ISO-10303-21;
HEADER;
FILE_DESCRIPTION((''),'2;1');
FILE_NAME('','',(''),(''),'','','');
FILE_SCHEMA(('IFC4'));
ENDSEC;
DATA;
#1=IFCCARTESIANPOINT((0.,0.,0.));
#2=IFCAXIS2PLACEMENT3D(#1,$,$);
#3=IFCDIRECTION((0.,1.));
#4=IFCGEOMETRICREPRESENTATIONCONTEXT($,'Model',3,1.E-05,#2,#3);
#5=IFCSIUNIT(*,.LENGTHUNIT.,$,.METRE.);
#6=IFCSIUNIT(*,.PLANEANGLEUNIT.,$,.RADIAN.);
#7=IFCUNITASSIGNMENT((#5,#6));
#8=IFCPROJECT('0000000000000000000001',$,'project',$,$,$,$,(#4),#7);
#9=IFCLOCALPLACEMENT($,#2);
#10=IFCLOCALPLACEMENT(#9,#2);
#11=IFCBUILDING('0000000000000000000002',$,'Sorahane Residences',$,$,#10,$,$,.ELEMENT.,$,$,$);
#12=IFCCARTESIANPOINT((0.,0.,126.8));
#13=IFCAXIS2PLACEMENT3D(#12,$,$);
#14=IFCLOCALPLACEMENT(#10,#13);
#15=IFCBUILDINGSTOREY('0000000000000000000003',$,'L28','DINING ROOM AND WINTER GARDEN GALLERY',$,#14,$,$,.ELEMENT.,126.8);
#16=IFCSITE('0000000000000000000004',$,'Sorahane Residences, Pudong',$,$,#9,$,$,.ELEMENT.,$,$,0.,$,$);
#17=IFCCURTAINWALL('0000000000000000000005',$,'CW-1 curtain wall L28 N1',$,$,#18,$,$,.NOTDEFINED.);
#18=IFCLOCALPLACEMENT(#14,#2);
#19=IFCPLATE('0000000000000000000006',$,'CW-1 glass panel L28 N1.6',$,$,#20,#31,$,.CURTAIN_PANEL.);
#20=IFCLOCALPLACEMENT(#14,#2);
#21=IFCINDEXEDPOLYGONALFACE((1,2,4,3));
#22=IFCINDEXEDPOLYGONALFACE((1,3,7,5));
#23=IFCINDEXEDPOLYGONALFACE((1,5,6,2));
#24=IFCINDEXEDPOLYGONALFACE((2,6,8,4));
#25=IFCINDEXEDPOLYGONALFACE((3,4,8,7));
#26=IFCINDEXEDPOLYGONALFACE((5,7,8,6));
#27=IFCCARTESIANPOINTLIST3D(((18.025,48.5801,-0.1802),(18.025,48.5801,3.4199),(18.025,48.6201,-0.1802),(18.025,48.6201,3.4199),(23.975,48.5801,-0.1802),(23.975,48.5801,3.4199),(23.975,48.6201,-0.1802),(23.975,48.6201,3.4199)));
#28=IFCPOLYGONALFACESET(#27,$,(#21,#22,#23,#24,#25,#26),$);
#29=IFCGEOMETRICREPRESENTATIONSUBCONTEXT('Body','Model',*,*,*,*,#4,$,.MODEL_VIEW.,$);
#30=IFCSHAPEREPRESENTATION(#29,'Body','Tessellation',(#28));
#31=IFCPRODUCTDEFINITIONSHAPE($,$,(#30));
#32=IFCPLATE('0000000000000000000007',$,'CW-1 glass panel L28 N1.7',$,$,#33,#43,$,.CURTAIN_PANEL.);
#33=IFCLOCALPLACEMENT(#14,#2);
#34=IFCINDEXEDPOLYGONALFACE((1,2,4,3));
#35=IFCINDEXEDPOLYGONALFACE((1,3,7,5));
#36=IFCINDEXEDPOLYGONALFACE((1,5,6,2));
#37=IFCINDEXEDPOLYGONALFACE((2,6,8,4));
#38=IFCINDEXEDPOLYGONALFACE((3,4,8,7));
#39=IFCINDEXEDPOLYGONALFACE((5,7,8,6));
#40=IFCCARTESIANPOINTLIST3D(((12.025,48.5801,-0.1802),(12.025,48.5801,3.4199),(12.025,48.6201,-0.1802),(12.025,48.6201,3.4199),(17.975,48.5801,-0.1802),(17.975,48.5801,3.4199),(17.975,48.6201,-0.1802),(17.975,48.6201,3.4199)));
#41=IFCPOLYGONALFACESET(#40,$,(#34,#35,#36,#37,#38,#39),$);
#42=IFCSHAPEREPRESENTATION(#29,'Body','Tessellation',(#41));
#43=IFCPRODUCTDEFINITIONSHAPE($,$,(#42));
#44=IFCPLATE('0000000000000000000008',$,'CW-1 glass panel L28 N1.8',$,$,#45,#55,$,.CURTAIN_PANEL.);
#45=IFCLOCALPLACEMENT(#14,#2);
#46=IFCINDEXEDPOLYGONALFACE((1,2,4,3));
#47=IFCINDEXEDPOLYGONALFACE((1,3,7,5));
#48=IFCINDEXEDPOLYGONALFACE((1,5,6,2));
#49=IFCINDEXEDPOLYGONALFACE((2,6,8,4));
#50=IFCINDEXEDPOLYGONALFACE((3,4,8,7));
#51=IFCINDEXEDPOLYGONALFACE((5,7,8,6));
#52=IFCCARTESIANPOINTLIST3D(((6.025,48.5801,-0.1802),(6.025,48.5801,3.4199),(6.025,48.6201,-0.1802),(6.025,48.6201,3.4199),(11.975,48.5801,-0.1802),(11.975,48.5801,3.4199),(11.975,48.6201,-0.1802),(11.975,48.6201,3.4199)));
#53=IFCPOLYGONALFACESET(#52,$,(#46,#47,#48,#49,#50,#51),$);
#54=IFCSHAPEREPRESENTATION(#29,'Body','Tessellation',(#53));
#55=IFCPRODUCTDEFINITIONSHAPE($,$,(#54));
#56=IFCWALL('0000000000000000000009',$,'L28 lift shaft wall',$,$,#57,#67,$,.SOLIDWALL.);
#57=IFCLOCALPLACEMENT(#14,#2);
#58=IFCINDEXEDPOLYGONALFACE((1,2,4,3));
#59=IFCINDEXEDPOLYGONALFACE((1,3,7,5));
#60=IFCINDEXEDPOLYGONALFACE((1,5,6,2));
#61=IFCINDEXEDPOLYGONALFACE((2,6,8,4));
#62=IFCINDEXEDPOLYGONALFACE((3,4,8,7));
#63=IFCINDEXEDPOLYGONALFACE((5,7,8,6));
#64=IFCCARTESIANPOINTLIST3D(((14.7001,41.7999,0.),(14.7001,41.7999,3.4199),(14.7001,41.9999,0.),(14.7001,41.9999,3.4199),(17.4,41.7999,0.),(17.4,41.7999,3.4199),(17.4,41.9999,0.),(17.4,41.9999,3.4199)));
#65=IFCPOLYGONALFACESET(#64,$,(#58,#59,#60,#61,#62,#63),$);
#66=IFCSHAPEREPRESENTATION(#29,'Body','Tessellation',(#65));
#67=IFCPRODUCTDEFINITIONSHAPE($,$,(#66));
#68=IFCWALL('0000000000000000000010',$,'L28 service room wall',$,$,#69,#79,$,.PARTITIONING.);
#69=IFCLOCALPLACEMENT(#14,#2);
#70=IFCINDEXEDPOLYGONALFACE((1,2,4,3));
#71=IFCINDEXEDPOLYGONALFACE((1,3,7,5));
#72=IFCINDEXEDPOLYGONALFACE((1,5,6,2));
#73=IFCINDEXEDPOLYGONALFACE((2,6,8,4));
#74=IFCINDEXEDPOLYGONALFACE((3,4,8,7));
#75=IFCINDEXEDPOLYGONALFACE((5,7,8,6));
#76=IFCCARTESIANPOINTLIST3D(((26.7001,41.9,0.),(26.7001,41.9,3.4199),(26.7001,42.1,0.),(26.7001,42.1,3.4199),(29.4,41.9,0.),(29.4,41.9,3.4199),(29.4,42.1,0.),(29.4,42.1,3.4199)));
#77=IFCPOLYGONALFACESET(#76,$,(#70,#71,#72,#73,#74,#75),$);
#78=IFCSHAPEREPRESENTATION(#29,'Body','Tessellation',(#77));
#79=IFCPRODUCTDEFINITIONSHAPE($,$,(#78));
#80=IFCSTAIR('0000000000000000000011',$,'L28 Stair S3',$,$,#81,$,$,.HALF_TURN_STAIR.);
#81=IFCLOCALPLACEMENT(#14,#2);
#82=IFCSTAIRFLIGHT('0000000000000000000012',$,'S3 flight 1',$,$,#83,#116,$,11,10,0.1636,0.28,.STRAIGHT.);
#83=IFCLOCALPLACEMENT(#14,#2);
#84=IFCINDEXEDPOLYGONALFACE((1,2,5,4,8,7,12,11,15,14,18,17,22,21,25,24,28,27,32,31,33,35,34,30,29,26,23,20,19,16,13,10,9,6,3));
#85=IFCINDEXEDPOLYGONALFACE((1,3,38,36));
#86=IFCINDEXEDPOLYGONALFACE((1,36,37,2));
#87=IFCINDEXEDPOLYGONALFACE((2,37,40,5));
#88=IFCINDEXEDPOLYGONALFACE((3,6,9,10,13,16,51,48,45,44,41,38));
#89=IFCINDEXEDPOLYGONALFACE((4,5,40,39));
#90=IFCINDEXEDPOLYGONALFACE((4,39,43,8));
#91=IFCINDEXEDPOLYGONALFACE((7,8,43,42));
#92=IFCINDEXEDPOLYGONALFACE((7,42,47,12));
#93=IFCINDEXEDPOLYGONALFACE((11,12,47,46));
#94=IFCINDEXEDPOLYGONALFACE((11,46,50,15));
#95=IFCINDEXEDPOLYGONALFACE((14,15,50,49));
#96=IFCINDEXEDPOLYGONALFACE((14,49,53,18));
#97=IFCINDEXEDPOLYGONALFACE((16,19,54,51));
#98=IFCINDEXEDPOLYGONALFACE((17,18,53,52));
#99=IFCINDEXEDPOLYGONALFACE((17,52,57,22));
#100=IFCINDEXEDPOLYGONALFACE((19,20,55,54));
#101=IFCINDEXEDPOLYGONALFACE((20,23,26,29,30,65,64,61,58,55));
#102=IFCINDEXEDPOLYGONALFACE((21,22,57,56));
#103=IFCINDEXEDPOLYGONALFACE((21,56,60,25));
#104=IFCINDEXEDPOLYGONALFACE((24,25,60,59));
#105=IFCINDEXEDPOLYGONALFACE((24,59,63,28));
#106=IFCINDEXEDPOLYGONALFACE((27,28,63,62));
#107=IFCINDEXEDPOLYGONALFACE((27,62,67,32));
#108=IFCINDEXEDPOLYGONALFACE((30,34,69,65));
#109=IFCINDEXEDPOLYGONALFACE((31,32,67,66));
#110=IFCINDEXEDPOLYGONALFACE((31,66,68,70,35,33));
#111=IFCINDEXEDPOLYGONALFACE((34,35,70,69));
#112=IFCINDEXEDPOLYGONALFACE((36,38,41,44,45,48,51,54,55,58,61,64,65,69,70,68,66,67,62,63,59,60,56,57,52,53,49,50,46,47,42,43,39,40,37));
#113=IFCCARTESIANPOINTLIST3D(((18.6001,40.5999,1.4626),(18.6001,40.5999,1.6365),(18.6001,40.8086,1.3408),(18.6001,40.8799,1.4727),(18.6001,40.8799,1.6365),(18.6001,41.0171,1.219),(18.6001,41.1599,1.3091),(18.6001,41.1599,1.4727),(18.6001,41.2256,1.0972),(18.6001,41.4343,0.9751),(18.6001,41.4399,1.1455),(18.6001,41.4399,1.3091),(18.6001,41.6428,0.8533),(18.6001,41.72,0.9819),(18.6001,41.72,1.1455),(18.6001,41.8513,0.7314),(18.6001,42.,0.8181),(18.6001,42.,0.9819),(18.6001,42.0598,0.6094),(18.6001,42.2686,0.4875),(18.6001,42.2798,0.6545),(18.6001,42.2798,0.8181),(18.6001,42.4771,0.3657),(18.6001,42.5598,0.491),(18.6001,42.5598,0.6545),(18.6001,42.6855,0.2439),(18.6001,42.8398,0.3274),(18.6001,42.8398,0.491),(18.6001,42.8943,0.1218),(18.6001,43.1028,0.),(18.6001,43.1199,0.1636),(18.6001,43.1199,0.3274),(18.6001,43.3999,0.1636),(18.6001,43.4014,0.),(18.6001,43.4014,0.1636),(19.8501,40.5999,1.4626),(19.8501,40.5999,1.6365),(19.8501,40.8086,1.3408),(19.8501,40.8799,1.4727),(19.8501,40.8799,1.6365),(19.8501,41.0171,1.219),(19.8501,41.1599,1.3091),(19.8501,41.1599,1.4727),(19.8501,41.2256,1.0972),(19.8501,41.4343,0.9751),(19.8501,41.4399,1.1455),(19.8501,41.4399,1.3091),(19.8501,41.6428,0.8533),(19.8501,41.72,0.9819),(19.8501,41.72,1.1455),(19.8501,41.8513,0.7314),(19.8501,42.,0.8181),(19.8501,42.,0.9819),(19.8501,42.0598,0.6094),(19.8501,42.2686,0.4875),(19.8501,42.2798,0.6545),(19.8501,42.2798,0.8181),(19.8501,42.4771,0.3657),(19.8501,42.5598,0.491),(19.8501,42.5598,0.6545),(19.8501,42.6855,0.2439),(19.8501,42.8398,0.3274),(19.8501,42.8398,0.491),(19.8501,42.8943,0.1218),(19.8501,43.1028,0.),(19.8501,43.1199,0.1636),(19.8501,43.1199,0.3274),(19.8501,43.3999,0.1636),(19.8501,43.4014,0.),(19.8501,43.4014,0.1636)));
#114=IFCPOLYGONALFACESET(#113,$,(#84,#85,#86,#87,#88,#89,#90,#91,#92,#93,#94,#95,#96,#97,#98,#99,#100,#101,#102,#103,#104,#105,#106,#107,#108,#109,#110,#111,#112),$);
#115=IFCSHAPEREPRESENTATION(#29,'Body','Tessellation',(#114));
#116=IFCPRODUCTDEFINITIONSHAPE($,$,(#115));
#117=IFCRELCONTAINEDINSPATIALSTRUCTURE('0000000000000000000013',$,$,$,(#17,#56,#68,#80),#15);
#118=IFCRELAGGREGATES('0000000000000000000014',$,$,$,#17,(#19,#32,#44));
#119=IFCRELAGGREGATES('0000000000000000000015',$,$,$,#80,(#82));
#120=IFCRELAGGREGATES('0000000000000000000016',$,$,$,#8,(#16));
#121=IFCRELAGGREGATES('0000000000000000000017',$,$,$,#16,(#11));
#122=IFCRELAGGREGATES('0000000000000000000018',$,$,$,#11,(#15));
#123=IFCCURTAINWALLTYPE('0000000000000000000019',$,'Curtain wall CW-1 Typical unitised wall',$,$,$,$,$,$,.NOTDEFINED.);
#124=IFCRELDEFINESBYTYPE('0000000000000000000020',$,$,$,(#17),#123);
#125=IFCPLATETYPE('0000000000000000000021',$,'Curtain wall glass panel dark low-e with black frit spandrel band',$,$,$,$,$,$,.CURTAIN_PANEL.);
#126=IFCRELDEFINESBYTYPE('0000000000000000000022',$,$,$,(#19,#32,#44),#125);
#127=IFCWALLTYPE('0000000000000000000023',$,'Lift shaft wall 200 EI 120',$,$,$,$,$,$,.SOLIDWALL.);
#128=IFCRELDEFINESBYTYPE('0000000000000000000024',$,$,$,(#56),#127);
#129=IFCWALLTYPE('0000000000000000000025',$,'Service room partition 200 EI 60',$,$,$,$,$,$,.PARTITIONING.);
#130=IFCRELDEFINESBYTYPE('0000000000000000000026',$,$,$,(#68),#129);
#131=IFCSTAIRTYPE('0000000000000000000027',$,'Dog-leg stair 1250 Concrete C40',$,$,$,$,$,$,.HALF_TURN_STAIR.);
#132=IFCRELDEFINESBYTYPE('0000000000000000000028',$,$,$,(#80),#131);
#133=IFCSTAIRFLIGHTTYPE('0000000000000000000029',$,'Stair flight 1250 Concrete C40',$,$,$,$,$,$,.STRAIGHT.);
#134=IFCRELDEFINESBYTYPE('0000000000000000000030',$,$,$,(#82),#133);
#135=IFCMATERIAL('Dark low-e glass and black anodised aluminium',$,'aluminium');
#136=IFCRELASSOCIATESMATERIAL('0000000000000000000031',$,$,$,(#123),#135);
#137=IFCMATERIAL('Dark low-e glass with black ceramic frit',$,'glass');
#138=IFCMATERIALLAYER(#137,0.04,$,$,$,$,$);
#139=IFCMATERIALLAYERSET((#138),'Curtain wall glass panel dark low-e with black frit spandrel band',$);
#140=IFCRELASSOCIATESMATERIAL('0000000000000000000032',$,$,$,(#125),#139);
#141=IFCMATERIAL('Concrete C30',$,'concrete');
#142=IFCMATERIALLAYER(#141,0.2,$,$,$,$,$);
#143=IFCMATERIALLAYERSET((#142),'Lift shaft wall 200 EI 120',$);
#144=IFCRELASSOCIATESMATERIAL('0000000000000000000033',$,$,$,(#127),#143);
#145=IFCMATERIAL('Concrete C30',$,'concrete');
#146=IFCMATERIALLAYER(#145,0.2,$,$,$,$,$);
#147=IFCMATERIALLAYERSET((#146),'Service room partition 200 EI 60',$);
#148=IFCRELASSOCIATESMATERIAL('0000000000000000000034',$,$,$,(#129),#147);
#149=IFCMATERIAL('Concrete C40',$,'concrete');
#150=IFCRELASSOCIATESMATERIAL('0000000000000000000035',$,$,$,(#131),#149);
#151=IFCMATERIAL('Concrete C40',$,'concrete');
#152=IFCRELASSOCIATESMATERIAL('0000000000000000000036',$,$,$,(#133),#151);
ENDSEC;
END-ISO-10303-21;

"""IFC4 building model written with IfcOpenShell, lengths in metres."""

from ifc_helpers import new_model, si_unit, direction, frame, frame_2d, origin, origin_2d, place, context, subcontext, project, spatial, polyline, rectangle, outline, extrude, material, layer, layer_set, type_object, element, aggregate, save


model = new_model("IFC4")

# Units and contexts
model_context = context("Model", 3, precision=1e-05, world=origin(), true_north=direction((0.0, 1.0)))
body_context = subcontext(model_context, "Body", "Model", "MODEL_VIEW")
ifc_project = project(units=[si_unit("LENGTHUNIT", "METRE"), si_unit("PLANEANGLEUNIT", "RADIAN")], contexts=[model_context])

# Site, building, storey
site_placement = place(None, origin())
site = spatial("IfcSite", under=ifc_project, at=site_placement, Name="Sorahane Residences, Pudong", CompositionType="ELEMENT", RefElevation=0.0)
building_placement = place(site_placement, origin())
building = spatial("IfcBuilding", under=site, at=building_placement, Name="Sorahane Residences", CompositionType="ELEMENT")
storey_placement = place(building_placement, frame((0.0, 0.0, 126.8)))
storey = spatial("IfcBuildingStorey", under=building, at=storey_placement, Name="L28", Description="DINING ROOM AND WINTER GARDEN GALLERY", CompositionType="ELEMENT", Elevation=126.8)

# Curtain wall
ifc_material_1 = material(Name="Dark low-e glass and black anodised aluminium", Category="aluminium")
curtain_wall_type = type_object("IfcCurtainWallType", Name="Curtain wall CW-1 Typical unitised wall", PredefinedType="NOTDEFINED", material=ifc_material_1)
curtain_wall_placement = place(storey_placement, origin())
curtain_wall = element("IfcCurtainWall", 1, at=curtain_wall_placement, inside=storey, type_object=curtain_wall_type, Name="CW-1 curtain wall L28 N1", PredefinedType="NOTDEFINED")

# Plates
ifc_material_2 = material(Name="Dark low-e glass with black ceramic frit", Category="glass")
ifc_layer_1 = layer(ifc_material_2, 0.04)
ifc_layer_set_1 = layer_set([ifc_layer_1], Name="Curtain wall glass panel dark low-e with black frit spandrel band")
plate_type = type_object("IfcPlateType", Name="Curtain wall glass panel dark low-e with black frit spandrel band", PredefinedType="CURTAIN_PANEL", material=ifc_layer_set_1)
plate_1_placement = place(storey_placement, frame((21.0, 48.6001, -0.1802), z_axis=(0.0, 0.0, 1.0), x_axis=(-1.0, 0.0, 0.0)))
plate_1 = element("IfcPlate", 2, at=plate_1_placement, type_object=plate_type, Name="CW-1 glass panel L28 N1.6", PredefinedType="CURTAIN_PANEL", context=body_context, shape_type="SweptSolid", body=[
    extrude(rectangle(XDim=5.95, YDim=0.04, at=origin_2d()), origin(), (0.0, 0.0, 1.0), 3.6001),
])
plate_2_placement = place(storey_placement, frame((15.0, 48.6001, -0.1802), z_axis=(0.0, 0.0, 1.0), x_axis=(-1.0, 0.0, 0.0)))
plate_2 = element("IfcPlate", 3, at=plate_2_placement, type_object=plate_type, Name="CW-1 glass panel L28 N1.7", PredefinedType="CURTAIN_PANEL", context=body_context, shape_type="SweptSolid", body=[
    extrude(rectangle(XDim=5.95, YDim=0.04, at=origin_2d()), origin(), (0.0, 0.0, 1.0), 3.6001),
])
plate_3_placement = place(storey_placement, frame((9.0, 48.6001, -0.1802), z_axis=(0.0, 0.0, 1.0), x_axis=(-1.0, 0.0, 0.0)))
plate_3 = element("IfcPlate", 4, at=plate_3_placement, type_object=plate_type, Name="CW-1 glass panel L28 N1.8", PredefinedType="CURTAIN_PANEL", context=body_context, shape_type="SweptSolid", body=[
    extrude(rectangle(XDim=5.95, YDim=0.04, at=origin_2d()), origin(), (0.0, 0.0, 1.0), 3.6001),
])
aggregate(curtain_wall, [plate_1, plate_2, plate_3])

# Walls
ifc_material_3 = material(Name="Concrete C30", Category="concrete")
ifc_layer_2 = layer(ifc_material_3, 0.2)
ifc_layer_set_2 = layer_set([ifc_layer_2], Name="Lift shaft wall 200 EI 120")
wall_type_1 = type_object("IfcWallType", Name="Lift shaft wall 200 EI 120", PredefinedType="SOLIDWALL", material=ifc_layer_set_2)
wall_1_placement = place(storey_placement, frame((14.7, 41.8999, 0.0), z_axis=(0.0, 0.0, 1.0), x_axis=(1.0, 0.0, 0.0)))
element("IfcWall", 5, at=wall_1_placement, inside=storey, type_object=wall_type_1, Name="L28 lift shaft wall", PredefinedType="SOLIDWALL", context=body_context, shape_type="SweptSolid", body=[
    extrude(rectangle(XDim=2.7, YDim=0.2, at=frame_2d((1.3501, 0.0))), origin(), (0.0, 0.0, 1.0), 3.4199),
])
ifc_material_4 = material(Name="Concrete C30", Category="concrete")
ifc_layer_3 = layer(ifc_material_4, 0.2)
ifc_layer_set_3 = layer_set([ifc_layer_3], Name="Service room partition 200 EI 60")
wall_type_2 = type_object("IfcWallType", Name="Service room partition 200 EI 60", PredefinedType="PARTITIONING", material=ifc_layer_set_3)
wall_2_placement = place(storey_placement, frame((26.7, 42.0, 0.0), z_axis=(0.0, 0.0, 1.0), x_axis=(1.0, 0.0, 0.0)))
element("IfcWall", 6, at=wall_2_placement, inside=storey, type_object=wall_type_2, Name="L28 service room wall", PredefinedType="PARTITIONING", context=body_context, shape_type="SweptSolid", body=[
    extrude(rectangle(XDim=2.7, YDim=0.2, at=frame_2d((1.3501, 0.0))), origin(), (0.0, 0.0, 1.0), 3.4199),
])

# Stair, stair flight
ifc_material_5 = material(Name="Concrete C40", Category="concrete")
stair_type = type_object("IfcStairType", Name="Dog-leg stair 1250 Concrete C40", PredefinedType="HALF_TURN_STAIR", material=ifc_material_5)
stair_placement = place(storey_placement, origin())
stair = element("IfcStair", 7, at=stair_placement, inside=storey, type_object=stair_type, Name="L28 Stair S3", PredefinedType="HALF_TURN_STAIR")
ifc_material_6 = material(Name="Concrete C40", Category="concrete")
stair_flight_type = type_object("IfcStairFlightType", Name="Stair flight 1250 Concrete C40", PredefinedType="STRAIGHT", material=ifc_material_6)
stair_flight_placement = place(storey_placement, frame((19.2251, 43.3999, 0.0), z_axis=(0.0, 0.0, 1.0), x_axis=(0.0, -1.0, 0.0)))
stair_flight = element("IfcStairFlight", 8, at=stair_flight_placement, type_object=stair_flight_type, Name="S3 flight 1", NumberOfRisers=11, NumberOfTreads=10, PredefinedType="STRAIGHT", RiserHeight=0.1636, TreadLength=0.28, context=body_context, shape_type="SweptSolid", body=[
    extrude(outline(polyline([(-0.0015, 0.0), (-0.0015, 0.1636), (0.0, 0.1636), (0.28, 0.1636), (0.28, 0.3274), (0.5601, 0.3274), (0.5601, 0.491), (0.8401, 0.491), (0.8401, 0.6545), (1.1201, 0.6545), (1.1201, 0.8181), (1.3999, 0.8181), (1.3999, 0.9819), (1.6799, 0.9819), (1.6799, 1.1455), (1.96, 1.1455), (1.96, 1.3091), (2.24, 1.3091), (2.24, 1.4727), (2.52, 1.4727), (2.52, 1.6365), (2.8, 1.6365), (2.8, 1.8), (2.8, 1.4626), (2.5913, 1.3408), (2.3828, 1.219), (2.1743, 1.0972), (1.9656, 0.9751), (1.7571, 0.8533), (1.5486, 0.7314), (1.3401, 0.6094), (1.1313, 0.4875), (0.9229, 0.3657), (0.7144, 0.2439), (0.5056, 0.1218), (0.2971, 0.0), (-0.0015, 0.0)])), frame((0.0, 0.625, 0.0), z_axis=(0.0, -1.0, 0.0), x_axis=(1.0, 0.0, 0.0)), (0.0, 0.0, 1.0), 1.25),
])
aggregate(stair, [stair_flight])

save(model, "model.ifc")
